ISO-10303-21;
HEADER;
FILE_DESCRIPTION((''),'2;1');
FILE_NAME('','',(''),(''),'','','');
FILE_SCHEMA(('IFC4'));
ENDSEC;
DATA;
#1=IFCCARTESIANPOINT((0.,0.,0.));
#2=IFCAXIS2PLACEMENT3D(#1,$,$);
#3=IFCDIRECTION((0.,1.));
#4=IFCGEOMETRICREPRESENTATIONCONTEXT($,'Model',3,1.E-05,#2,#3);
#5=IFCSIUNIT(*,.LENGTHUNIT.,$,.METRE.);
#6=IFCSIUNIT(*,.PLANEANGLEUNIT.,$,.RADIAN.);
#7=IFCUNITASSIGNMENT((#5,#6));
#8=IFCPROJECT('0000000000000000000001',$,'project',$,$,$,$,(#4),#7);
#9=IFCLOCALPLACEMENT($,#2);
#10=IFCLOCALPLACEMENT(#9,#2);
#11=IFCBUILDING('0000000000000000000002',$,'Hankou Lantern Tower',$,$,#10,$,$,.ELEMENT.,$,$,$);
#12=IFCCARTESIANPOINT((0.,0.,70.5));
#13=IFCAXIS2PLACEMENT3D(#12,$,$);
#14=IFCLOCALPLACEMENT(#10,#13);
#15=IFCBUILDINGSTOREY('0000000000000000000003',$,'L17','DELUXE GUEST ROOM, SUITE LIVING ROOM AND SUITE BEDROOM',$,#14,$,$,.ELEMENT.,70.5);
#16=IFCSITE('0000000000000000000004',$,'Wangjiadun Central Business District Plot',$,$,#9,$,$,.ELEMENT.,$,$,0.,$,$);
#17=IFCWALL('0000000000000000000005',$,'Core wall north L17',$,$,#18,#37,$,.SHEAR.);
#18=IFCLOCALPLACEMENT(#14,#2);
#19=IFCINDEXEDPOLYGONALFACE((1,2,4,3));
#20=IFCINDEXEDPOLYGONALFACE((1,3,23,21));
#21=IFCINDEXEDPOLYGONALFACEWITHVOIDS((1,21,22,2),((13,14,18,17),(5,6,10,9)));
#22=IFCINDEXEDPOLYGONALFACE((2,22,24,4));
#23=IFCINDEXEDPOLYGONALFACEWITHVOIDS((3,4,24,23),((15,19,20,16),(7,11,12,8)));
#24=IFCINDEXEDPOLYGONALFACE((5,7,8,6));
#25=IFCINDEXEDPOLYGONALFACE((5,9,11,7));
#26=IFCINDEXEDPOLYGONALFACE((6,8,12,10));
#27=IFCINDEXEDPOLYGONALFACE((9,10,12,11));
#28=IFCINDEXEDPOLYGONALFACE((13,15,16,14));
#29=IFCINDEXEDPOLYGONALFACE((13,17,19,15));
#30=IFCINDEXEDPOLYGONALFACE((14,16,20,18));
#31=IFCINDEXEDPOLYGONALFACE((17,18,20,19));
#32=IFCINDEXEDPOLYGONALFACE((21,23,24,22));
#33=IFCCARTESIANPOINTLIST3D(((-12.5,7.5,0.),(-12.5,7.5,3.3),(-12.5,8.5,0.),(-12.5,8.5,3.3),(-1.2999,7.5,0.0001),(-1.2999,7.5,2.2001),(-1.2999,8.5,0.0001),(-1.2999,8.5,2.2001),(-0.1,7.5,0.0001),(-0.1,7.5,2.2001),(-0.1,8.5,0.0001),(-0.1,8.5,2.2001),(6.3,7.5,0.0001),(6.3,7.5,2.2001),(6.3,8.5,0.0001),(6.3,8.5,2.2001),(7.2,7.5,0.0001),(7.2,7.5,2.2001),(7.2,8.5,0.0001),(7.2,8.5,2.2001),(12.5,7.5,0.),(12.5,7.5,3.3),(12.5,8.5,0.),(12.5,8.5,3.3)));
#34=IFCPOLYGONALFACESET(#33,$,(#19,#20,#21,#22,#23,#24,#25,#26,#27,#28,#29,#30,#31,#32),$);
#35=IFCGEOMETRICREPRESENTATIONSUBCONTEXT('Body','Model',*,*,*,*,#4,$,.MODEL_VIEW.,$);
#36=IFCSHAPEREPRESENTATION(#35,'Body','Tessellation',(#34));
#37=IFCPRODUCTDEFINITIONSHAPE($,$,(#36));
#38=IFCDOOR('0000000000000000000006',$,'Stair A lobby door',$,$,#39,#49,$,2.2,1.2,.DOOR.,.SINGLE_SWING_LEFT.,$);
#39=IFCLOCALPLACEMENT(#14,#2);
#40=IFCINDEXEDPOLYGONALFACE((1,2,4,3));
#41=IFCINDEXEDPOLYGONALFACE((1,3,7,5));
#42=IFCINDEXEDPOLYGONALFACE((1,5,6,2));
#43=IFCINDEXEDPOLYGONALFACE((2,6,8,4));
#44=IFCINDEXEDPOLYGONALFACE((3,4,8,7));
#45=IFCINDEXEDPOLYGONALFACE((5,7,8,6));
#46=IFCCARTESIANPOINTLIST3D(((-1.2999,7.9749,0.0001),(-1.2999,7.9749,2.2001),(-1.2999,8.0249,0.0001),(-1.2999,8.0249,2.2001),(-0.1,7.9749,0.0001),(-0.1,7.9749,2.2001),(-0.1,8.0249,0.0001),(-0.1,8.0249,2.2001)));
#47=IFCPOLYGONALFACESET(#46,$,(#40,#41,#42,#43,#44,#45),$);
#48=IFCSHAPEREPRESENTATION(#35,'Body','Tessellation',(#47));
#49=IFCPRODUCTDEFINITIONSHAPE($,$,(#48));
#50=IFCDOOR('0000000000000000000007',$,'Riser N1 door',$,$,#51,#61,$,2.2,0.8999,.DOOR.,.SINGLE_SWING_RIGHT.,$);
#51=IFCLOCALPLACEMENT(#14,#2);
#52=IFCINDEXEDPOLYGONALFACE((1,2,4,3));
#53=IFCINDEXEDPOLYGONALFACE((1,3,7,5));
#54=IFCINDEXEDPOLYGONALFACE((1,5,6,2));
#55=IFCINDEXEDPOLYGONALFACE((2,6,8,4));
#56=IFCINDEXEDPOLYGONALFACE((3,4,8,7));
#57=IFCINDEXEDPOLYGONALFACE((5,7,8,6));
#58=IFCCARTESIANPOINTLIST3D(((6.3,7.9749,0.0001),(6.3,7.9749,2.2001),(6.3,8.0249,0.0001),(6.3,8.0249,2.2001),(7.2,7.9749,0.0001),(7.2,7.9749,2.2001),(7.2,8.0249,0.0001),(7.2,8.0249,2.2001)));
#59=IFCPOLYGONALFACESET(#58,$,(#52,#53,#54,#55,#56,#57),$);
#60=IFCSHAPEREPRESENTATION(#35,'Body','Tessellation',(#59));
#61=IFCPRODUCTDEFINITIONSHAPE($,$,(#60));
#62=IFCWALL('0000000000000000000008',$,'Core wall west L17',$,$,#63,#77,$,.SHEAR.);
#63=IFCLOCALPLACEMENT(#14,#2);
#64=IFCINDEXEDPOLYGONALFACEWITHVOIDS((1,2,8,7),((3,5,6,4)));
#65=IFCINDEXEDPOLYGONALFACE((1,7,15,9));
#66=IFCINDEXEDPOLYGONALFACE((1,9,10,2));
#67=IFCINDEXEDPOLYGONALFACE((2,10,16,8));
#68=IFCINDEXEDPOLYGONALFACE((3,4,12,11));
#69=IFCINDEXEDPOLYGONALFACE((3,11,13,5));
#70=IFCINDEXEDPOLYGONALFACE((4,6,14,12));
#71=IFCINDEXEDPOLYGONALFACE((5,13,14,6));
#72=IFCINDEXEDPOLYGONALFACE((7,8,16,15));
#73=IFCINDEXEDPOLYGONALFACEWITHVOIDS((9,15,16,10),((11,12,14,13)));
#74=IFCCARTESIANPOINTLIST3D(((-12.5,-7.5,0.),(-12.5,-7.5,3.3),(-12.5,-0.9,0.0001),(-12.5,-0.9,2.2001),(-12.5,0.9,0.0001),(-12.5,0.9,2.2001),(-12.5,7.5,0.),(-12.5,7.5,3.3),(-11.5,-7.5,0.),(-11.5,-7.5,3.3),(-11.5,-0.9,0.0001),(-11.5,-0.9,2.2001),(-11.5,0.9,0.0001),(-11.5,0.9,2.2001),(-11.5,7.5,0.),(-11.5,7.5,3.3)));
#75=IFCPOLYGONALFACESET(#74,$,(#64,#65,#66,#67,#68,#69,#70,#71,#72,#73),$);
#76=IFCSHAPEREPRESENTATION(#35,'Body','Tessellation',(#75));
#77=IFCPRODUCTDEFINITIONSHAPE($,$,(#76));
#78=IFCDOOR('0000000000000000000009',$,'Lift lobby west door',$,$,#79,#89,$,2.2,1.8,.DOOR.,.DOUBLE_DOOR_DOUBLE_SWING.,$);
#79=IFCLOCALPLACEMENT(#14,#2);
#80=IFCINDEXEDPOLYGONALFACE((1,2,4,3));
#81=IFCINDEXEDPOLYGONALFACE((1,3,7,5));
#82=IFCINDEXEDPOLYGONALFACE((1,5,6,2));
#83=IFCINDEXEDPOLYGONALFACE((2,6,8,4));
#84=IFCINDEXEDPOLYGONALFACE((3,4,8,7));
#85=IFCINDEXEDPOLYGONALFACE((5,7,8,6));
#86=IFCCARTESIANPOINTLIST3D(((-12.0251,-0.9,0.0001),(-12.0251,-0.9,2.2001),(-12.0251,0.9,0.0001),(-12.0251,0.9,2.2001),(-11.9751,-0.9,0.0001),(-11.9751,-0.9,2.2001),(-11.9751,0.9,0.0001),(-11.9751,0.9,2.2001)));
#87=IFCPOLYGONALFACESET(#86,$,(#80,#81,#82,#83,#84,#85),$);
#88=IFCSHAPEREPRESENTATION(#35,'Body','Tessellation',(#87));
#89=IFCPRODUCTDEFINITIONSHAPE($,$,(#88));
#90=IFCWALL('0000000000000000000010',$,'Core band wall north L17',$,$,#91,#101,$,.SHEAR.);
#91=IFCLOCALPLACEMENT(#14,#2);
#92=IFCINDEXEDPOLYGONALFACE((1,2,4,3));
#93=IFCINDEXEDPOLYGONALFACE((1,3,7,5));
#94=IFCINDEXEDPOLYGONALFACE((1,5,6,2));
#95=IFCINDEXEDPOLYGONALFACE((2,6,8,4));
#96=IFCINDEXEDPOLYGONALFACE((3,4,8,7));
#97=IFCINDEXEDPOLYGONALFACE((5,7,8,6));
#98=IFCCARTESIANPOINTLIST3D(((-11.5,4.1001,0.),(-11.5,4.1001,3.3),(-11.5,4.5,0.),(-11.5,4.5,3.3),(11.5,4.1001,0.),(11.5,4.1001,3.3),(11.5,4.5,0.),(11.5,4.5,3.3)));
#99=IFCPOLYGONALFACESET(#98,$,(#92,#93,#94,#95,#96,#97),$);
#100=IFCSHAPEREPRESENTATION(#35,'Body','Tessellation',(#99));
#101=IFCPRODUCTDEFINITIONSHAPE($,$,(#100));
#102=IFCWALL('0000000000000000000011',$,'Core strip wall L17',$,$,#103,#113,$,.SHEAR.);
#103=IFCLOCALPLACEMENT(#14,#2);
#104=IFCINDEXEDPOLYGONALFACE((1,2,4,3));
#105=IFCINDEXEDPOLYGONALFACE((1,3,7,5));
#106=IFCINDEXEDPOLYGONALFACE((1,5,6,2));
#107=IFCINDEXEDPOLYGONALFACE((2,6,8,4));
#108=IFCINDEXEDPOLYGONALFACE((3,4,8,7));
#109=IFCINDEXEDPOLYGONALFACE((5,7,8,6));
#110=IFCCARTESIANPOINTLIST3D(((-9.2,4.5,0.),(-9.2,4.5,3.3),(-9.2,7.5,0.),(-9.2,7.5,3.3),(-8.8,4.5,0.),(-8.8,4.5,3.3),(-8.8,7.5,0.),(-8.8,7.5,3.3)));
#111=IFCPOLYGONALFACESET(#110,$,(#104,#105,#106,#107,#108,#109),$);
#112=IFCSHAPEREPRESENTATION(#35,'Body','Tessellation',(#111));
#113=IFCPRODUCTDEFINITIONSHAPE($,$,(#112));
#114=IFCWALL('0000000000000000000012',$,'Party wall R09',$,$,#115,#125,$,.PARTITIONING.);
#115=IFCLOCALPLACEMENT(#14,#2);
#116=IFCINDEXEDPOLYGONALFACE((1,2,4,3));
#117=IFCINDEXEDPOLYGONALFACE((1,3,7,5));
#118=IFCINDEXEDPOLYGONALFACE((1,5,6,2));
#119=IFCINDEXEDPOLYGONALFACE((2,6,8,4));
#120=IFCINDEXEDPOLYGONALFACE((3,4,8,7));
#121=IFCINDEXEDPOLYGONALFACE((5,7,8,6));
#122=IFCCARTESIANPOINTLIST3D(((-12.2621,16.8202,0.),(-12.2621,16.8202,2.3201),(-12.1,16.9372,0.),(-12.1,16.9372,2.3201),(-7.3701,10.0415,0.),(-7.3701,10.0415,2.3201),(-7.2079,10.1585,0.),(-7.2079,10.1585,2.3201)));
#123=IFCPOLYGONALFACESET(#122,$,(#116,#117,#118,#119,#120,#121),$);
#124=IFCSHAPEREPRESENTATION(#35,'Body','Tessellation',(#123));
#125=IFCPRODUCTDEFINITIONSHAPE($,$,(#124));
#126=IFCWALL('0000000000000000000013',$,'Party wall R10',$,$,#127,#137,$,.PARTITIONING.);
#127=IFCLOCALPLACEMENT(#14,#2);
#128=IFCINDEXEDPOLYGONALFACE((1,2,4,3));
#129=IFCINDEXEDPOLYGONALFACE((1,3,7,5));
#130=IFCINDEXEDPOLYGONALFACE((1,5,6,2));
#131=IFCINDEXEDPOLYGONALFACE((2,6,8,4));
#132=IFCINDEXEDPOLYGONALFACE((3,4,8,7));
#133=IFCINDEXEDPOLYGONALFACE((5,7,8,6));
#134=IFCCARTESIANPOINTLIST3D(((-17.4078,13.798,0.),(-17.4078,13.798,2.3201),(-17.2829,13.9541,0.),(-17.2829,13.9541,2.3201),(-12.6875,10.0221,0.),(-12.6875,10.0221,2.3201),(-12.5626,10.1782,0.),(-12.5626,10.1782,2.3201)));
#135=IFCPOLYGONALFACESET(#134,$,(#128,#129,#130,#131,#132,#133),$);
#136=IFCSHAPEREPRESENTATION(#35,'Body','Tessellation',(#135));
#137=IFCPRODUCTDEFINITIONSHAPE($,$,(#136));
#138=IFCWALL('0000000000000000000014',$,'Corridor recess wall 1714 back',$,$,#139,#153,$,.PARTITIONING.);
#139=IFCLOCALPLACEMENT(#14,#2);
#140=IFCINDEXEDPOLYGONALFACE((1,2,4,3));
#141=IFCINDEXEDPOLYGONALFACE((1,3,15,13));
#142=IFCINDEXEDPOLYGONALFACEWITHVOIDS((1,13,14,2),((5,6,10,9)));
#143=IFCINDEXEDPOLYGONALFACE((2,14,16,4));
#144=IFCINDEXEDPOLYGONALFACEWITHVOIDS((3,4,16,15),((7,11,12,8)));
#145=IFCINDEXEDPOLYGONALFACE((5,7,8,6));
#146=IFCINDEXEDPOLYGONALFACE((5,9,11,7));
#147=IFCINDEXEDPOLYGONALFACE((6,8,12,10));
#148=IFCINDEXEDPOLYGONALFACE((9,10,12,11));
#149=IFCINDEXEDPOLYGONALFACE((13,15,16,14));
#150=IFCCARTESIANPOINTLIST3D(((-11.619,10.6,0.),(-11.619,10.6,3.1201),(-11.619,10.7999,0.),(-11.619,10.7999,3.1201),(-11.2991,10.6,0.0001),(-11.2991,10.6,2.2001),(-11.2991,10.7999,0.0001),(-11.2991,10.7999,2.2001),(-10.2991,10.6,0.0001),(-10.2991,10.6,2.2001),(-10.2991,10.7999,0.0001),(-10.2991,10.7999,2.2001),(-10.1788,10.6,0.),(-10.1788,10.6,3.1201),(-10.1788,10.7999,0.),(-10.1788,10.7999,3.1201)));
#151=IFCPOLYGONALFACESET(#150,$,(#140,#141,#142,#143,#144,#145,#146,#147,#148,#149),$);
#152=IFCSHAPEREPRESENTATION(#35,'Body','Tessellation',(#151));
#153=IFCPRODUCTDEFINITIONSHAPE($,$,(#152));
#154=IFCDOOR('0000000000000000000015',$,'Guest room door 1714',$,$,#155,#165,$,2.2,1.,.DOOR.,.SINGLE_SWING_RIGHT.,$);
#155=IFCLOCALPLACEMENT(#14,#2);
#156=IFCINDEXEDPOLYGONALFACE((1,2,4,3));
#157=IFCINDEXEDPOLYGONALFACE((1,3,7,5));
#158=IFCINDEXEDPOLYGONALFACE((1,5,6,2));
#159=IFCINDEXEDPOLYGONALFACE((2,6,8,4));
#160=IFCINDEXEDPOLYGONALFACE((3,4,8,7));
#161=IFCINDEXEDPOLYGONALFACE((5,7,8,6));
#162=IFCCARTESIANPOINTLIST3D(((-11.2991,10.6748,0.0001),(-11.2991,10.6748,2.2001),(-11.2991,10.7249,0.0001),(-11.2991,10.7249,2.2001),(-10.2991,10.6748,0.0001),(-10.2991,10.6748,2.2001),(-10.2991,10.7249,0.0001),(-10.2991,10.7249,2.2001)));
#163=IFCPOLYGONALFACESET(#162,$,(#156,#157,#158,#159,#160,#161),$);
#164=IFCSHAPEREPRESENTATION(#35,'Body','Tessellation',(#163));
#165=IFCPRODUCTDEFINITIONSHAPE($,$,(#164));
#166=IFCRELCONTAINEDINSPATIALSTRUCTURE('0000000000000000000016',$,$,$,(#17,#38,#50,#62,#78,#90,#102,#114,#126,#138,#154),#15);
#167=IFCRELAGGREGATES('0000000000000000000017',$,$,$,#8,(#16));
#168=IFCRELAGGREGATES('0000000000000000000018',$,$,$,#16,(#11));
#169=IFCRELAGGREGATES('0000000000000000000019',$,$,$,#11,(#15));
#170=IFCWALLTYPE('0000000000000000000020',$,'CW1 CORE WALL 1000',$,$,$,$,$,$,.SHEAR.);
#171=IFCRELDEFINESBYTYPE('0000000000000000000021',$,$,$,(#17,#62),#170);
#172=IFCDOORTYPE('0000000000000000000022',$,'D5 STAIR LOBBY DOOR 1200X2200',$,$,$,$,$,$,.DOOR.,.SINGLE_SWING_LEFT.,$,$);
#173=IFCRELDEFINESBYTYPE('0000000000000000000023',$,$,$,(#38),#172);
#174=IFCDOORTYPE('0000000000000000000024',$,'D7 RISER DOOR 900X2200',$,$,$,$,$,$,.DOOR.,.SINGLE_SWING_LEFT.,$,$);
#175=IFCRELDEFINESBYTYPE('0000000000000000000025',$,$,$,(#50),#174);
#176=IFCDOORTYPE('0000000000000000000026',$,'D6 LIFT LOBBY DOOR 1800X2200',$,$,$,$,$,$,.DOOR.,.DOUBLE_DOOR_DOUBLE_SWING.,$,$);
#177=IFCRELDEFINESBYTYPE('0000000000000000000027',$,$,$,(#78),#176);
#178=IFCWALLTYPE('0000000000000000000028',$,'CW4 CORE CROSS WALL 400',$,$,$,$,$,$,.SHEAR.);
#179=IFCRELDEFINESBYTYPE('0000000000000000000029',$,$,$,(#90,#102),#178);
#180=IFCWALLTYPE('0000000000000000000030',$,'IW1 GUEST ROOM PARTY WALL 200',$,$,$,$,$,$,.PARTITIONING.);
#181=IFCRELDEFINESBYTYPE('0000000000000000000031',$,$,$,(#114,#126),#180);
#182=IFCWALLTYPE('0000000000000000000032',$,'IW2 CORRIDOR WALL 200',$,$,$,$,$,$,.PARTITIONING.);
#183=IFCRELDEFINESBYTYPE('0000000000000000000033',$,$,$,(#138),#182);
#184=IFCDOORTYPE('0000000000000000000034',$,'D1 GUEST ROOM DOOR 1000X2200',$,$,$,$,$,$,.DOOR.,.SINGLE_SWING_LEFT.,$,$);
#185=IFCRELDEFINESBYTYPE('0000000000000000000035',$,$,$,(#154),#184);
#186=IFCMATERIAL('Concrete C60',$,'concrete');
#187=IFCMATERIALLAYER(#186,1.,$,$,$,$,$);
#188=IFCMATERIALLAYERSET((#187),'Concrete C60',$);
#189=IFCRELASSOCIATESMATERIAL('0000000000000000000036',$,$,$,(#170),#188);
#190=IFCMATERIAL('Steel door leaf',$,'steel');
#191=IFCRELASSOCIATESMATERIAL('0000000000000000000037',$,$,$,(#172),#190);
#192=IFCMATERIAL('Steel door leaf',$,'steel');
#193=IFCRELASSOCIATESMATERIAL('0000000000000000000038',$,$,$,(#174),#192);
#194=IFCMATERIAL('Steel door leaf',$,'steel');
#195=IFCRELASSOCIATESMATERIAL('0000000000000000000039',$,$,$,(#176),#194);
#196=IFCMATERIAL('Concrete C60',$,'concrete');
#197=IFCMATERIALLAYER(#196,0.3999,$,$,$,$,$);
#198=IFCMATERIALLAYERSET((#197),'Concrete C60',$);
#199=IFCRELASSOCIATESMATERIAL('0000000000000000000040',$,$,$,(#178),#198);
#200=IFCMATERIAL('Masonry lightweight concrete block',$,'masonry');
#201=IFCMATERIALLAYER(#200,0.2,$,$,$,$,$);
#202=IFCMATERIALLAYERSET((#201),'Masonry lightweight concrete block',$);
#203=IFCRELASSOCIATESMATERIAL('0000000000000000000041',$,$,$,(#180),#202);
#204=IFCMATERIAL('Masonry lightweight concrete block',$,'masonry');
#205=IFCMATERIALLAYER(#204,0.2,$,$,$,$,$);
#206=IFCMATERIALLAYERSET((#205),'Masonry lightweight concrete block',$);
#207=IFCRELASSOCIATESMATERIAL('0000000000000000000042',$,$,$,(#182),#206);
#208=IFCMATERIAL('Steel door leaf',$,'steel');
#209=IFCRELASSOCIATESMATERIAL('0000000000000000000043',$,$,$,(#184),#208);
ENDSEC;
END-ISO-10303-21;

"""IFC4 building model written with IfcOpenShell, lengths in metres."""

from ifc_helpers import new_model, si_unit, direction, frame, frame_2d, origin, place, context, subcontext, project, spatial, rectangle, extrude, material, layer, layer_set, type_object, element, fill, save


model = new_model("IFC4")

# Units and contexts
model_context = context("Model", 3, precision=1e-05, world=origin(), true_north=direction((0.0, 1.0)))
body_context = subcontext(model_context, "Body", "Model", "MODEL_VIEW")
ifc_project = project(units=[si_unit("LENGTHUNIT", "METRE"), si_unit("PLANEANGLEUNIT", "RADIAN")], contexts=[model_context])

# Site, building, storey
site_placement = place(None, origin())
site = spatial("IfcSite", under=ifc_project, at=site_placement, Name="Wangjiadun Central Business District Plot", CompositionType="ELEMENT", RefElevation=0.0)
building_placement = place(site_placement, origin())
building = spatial("IfcBuilding", under=site, at=building_placement, Name="Hankou Lantern Tower", CompositionType="ELEMENT")
storey_placement = place(building_placement, frame((0.0, 0.0, 70.5)))
storey = spatial("IfcBuildingStorey", under=building, at=storey_placement, Name="L17", Description="DELUXE GUEST ROOM, SUITE LIVING ROOM AND SUITE BEDROOM", CompositionType="ELEMENT", Elevation=70.5)

# Wall, openings, doors
ifc_material_1 = material(Name="Concrete C60", Category="concrete")
ifc_layer_1 = layer(ifc_material_1, 1.0)
ifc_layer_set_1 = layer_set([ifc_layer_1], Name="Concrete C60")
wall_type_1 = type_object("IfcWallType", Name="CW1 CORE WALL 1000", PredefinedType="SHEAR", material=ifc_layer_set_1)
wall_1_placement = place(storey_placement, frame((-12.5, 8.0, 0.0), z_axis=(0.0, 0.0, 1.0), x_axis=(1.0, 0.0, 0.0)))
wall_1 = element("IfcWall", 1, at=wall_1_placement, inside=storey, type_object=wall_type_1, Name="Core wall north L17", PredefinedType="SHEAR", context=body_context, shape_type="SweptSolid", body=[
    extrude(rectangle(XDim=25.0, YDim=1.0, at=frame_2d((12.5, 0.0))), origin(), (0.0, 0.0, 1.0), 3.3),
])
opening_1_placement = place(wall_1_placement, frame((11.2, 0.0, 0.0)))
opening_1 = element("IfcOpeningElement", 2, at=opening_1_placement, cuts=wall_1, PredefinedType="OPENING", context=body_context, shape_type="SweptSolid", body=[
    extrude(rectangle(XDim=1.2, YDim=2.2, at=frame_2d((0.6001, 1.1001))), frame((0.0, 0.51, 0.0), z_axis=(0.0, -1.0, 0.0), x_axis=(1.0, 0.0, 0.0)), (0.0, 0.0, 1.0), 1.02),
])
opening_2_placement = place(wall_1_placement, frame((18.8, 0.0, 0.0)))
opening_2 = element("IfcOpeningElement", 3, at=opening_2_placement, cuts=wall_1, PredefinedType="OPENING", context=body_context, shape_type="SweptSolid", body=[
    extrude(rectangle(XDim=0.8999, YDim=2.2, at=frame_2d((0.45, 1.1001))), frame((0.0, 0.51, 0.0), z_axis=(0.0, -1.0, 0.0), x_axis=(1.0, 0.0, 0.0)), (0.0, 0.0, 1.0), 1.02),
])
ifc_material_2 = material(Name="Steel door leaf", Category="steel")
door_type_1 = type_object("IfcDoorType", Name="D5 STAIR LOBBY DOOR 1200X2200", OperationType="SINGLE_SWING_LEFT", PredefinedType="DOOR", material=ifc_material_2)
door_1_placement = place(opening_1_placement, origin())
door_1 = element("IfcDoor", 4, at=door_1_placement, inside=storey, type_object=door_type_1, Name="Stair A lobby door", OperationType="SINGLE_SWING_LEFT", OverallHeight=2.2, OverallWidth=1.2, PredefinedType="DOOR", context=body_context, shape_type="SweptSolid", body=[
    extrude(rectangle(XDim=1.2, YDim=2.2, at=frame_2d((0.6001, 1.1001))), frame((0.0, 0.0249, 0.0), z_axis=(0.0, -1.0, 0.0), x_axis=(1.0, 0.0, 0.0)), (0.0, 0.0, 1.0), 0.05),
])
fill(opening_1, door_1)
ifc_material_3 = material(Name="Steel door leaf", Category="steel")
door_type_2 = type_object("IfcDoorType", Name="D7 RISER DOOR 900X2200", OperationType="SINGLE_SWING_LEFT", PredefinedType="DOOR", material=ifc_material_3)
door_2_placement = place(opening_2_placement, origin())
door_2 = element("IfcDoor", 5, at=door_2_placement, inside=storey, type_object=door_type_2, Name="Riser N1 door", OperationType="SINGLE_SWING_RIGHT", OverallHeight=2.2, OverallWidth=0.8999, PredefinedType="DOOR", context=body_context, shape_type="SweptSolid", body=[
    extrude(rectangle(XDim=0.8999, YDim=2.2, at=frame_2d((0.45, 1.1001))), frame((0.0, 0.0249, 0.0), z_axis=(0.0, -1.0, 0.0), x_axis=(1.0, 0.0, 0.0)), (0.0, 0.0, 1.0), 0.05),
])
fill(opening_2, door_2)

# Wall, opening, door
wall_2_placement = place(storey_placement, frame((-12.0, 7.5, 0.0), z_axis=(0.0, 0.0, 1.0), x_axis=(0.0, -1.0, 0.0)))
wall_2 = element("IfcWall", 6, at=wall_2_placement, inside=storey, type_object=wall_type_1, Name="Core wall west L17", PredefinedType="SHEAR", context=body_context, shape_type="SweptSolid", body=[
    extrude(rectangle(XDim=15.0, YDim=1.0, at=frame_2d((7.5, 0.0))), origin(), (0.0, 0.0, 1.0), 3.3),
])
opening_3_placement = place(wall_2_placement, frame((6.6001, 0.0, 0.0)))
opening_3 = element("IfcOpeningElement", 7, at=opening_3_placement, cuts=wall_2, PredefinedType="OPENING", context=body_context, shape_type="SweptSolid", body=[
    extrude(rectangle(XDim=1.8, YDim=2.2, at=frame_2d((0.8999, 1.1001))), frame((0.0, 0.51, 0.0), z_axis=(0.0, -1.0, 0.0), x_axis=(1.0, 0.0, 0.0)), (0.0, 0.0, 1.0), 1.02),
])
ifc_material_4 = material(Name="Steel door leaf", Category="steel")
door_type_3 = type_object("IfcDoorType", Name="D6 LIFT LOBBY DOOR 1800X2200", OperationType="DOUBLE_DOOR_DOUBLE_SWING", PredefinedType="DOOR", material=ifc_material_4)
door_3_placement = place(opening_3_placement, origin())
door_3 = element("IfcDoor", 8, at=door_3_placement, inside=storey, type_object=door_type_3, Name="Lift lobby west door", OperationType="DOUBLE_DOOR_DOUBLE_SWING", OverallHeight=2.2, OverallWidth=1.8, PredefinedType="DOOR", context=body_context, shape_type="SweptSolid", body=[
    extrude(rectangle(XDim=1.8, YDim=2.2, at=frame_2d((0.8999, 1.1001))), frame((0.0, 0.0249, 0.0), z_axis=(0.0, -1.0, 0.0), x_axis=(1.0, 0.0, 0.0)), (0.0, 0.0, 1.0), 0.05),
])
fill(opening_3, door_3)

# Walls
ifc_material_5 = material(Name="Concrete C60", Category="concrete")
ifc_layer_2 = layer(ifc_material_5, 0.3999)
ifc_layer_set_2 = layer_set([ifc_layer_2], Name="Concrete C60")
wall_type_2 = type_object("IfcWallType", Name="CW4 CORE CROSS WALL 400", PredefinedType="SHEAR", material=ifc_layer_set_2)
wall_3_placement = place(storey_placement, frame((-11.5, 4.3, 0.0), z_axis=(0.0, 0.0, 1.0), x_axis=(1.0, 0.0, 0.0)))
element("IfcWall", 9, at=wall_3_placement, inside=storey, type_object=wall_type_2, Name="Core band wall north L17", PredefinedType="SHEAR", context=body_context, shape_type="SweptSolid", body=[
    extrude(rectangle(XDim=23.0, YDim=0.3999, at=frame_2d((11.5, 0.0))), origin(), (0.0, 0.0, 1.0), 3.3),
])
wall_4_placement = place(storey_placement, frame((-9.0, 4.5, 0.0), z_axis=(0.0, 0.0, 1.0), x_axis=(0.0, 1.0, 0.0)))
element("IfcWall", 10, at=wall_4_placement, inside=storey, type_object=wall_type_2, Name="Core strip wall L17", PredefinedType="SHEAR", context=body_context, shape_type="SweptSolid", body=[
    extrude(rectangle(XDim=3.0, YDim=0.3999, at=frame_2d((1.5, 0.0))), origin(), (0.0, 0.0, 1.0), 3.3),
])
ifc_material_6 = material(Name="Masonry lightweight concrete block", Category="masonry")
ifc_layer_3 = layer(ifc_material_6, 0.2)
ifc_layer_set_3 = layer_set([ifc_layer_3], Name="Masonry lightweight concrete block")
wall_type_3 = type_object("IfcWallType", Name="IW1 GUEST ROOM PARTY WALL 200", PredefinedType="PARTITIONING", material=ifc_layer_set_3)
wall_5_placement = place(storey_placement, frame((-7.2891, 10.1001, 0.0), z_axis=(0.0, 0.0, 1.0), x_axis=(-0.585198, 0.81089, 0.0)))
element("IfcWall", 11, at=wall_5_placement, inside=storey, type_object=wall_type_3, Name="Party wall R09", PredefinedType="PARTITIONING", context=body_context, shape_type="SweptSolid", body=[
    extrude(rectangle(XDim=8.3596, YDim=0.2, at=frame_2d((4.1797, 0.0))), origin(), (0.0, 0.0, 1.0), 2.3201),
])
wall_6_placement = place(storey_placement, frame((-12.625, 10.1001, 0.0), z_axis=(0.0, 0.0, 1.0), x_axis=(-0.780892, 0.624665, 0.0)))
element("IfcWall", 12, at=wall_6_placement, inside=storey, type_object=wall_type_3, Name="Party wall R10", PredefinedType="PARTITIONING", context=body_context, shape_type="SweptSolid", body=[
    extrude(rectangle(XDim=6.0447, YDim=0.2, at=frame_2d((3.0225, 0.0))), origin(), (0.0, 0.0, 1.0), 2.3201),
])

# Wall, opening, door
ifc_material_7 = material(Name="Masonry lightweight concrete block", Category="masonry")
ifc_layer_4 = layer(ifc_material_7, 0.2)
ifc_layer_set_4 = layer_set([ifc_layer_4], Name="Masonry lightweight concrete block")
wall_type_4 = type_object("IfcWallType", Name="IW2 CORRIDOR WALL 200", PredefinedType="PARTITIONING", material=ifc_layer_set_4)
wall_7_placement = place(storey_placement, frame((-11.6191, 10.7, 0.0), z_axis=(0.0, 0.0, 1.0), x_axis=(1.0, 0.0, 0.0)))
wall_7 = element("IfcWall", 13, at=wall_7_placement, inside=storey, type_object=wall_type_4, Name="Corridor recess wall 1714 back", PredefinedType="PARTITIONING", context=body_context, shape_type="SweptSolid", body=[
    extrude(rectangle(XDim=1.4402, YDim=0.2, at=frame_2d((0.7202, 0.0))), origin(), (0.0, 0.0, 1.0), 3.1201),
])
opening_4_placement = place(wall_7_placement, frame((0.3201, 0.0, 0.0)))
opening_4 = element("IfcOpeningElement", 14, at=opening_4_placement, cuts=wall_7, PredefinedType="OPENING", context=body_context, shape_type="SweptSolid", body=[
    extrude(rectangle(XDim=1.0, YDim=2.2, at=frame_2d((0.5, 1.1001))), frame((0.0, 0.1099, 0.0), z_axis=(0.0, -1.0, 0.0), x_axis=(1.0, 0.0, 0.0)), (0.0, 0.0, 1.0), 0.22),
])
ifc_material_8 = material(Name="Steel door leaf", Category="steel")
door_type_4 = type_object("IfcDoorType", Name="D1 GUEST ROOM DOOR 1000X2200", OperationType="SINGLE_SWING_LEFT", PredefinedType="DOOR", material=ifc_material_8)
door_4_placement = place(opening_4_placement, origin())
door_4 = element("IfcDoor", 15, at=door_4_placement, inside=storey, type_object=door_type_4, Name="Guest room door 1714", OperationType="SINGLE_SWING_RIGHT", OverallHeight=2.2, OverallWidth=1.0, PredefinedType="DOOR", context=body_context, shape_type="SweptSolid", body=[
    extrude(rectangle(XDim=1.0, YDim=2.2, at=frame_2d((0.5, 1.1001))), frame((0.0, 0.0249, 0.0), z_axis=(0.0, -1.0, 0.0), x_axis=(1.0, 0.0, 0.0)), (0.0, 0.0, 1.0), 0.05),
])
fill(opening_4, door_4)

save(model, "model.ifc")
